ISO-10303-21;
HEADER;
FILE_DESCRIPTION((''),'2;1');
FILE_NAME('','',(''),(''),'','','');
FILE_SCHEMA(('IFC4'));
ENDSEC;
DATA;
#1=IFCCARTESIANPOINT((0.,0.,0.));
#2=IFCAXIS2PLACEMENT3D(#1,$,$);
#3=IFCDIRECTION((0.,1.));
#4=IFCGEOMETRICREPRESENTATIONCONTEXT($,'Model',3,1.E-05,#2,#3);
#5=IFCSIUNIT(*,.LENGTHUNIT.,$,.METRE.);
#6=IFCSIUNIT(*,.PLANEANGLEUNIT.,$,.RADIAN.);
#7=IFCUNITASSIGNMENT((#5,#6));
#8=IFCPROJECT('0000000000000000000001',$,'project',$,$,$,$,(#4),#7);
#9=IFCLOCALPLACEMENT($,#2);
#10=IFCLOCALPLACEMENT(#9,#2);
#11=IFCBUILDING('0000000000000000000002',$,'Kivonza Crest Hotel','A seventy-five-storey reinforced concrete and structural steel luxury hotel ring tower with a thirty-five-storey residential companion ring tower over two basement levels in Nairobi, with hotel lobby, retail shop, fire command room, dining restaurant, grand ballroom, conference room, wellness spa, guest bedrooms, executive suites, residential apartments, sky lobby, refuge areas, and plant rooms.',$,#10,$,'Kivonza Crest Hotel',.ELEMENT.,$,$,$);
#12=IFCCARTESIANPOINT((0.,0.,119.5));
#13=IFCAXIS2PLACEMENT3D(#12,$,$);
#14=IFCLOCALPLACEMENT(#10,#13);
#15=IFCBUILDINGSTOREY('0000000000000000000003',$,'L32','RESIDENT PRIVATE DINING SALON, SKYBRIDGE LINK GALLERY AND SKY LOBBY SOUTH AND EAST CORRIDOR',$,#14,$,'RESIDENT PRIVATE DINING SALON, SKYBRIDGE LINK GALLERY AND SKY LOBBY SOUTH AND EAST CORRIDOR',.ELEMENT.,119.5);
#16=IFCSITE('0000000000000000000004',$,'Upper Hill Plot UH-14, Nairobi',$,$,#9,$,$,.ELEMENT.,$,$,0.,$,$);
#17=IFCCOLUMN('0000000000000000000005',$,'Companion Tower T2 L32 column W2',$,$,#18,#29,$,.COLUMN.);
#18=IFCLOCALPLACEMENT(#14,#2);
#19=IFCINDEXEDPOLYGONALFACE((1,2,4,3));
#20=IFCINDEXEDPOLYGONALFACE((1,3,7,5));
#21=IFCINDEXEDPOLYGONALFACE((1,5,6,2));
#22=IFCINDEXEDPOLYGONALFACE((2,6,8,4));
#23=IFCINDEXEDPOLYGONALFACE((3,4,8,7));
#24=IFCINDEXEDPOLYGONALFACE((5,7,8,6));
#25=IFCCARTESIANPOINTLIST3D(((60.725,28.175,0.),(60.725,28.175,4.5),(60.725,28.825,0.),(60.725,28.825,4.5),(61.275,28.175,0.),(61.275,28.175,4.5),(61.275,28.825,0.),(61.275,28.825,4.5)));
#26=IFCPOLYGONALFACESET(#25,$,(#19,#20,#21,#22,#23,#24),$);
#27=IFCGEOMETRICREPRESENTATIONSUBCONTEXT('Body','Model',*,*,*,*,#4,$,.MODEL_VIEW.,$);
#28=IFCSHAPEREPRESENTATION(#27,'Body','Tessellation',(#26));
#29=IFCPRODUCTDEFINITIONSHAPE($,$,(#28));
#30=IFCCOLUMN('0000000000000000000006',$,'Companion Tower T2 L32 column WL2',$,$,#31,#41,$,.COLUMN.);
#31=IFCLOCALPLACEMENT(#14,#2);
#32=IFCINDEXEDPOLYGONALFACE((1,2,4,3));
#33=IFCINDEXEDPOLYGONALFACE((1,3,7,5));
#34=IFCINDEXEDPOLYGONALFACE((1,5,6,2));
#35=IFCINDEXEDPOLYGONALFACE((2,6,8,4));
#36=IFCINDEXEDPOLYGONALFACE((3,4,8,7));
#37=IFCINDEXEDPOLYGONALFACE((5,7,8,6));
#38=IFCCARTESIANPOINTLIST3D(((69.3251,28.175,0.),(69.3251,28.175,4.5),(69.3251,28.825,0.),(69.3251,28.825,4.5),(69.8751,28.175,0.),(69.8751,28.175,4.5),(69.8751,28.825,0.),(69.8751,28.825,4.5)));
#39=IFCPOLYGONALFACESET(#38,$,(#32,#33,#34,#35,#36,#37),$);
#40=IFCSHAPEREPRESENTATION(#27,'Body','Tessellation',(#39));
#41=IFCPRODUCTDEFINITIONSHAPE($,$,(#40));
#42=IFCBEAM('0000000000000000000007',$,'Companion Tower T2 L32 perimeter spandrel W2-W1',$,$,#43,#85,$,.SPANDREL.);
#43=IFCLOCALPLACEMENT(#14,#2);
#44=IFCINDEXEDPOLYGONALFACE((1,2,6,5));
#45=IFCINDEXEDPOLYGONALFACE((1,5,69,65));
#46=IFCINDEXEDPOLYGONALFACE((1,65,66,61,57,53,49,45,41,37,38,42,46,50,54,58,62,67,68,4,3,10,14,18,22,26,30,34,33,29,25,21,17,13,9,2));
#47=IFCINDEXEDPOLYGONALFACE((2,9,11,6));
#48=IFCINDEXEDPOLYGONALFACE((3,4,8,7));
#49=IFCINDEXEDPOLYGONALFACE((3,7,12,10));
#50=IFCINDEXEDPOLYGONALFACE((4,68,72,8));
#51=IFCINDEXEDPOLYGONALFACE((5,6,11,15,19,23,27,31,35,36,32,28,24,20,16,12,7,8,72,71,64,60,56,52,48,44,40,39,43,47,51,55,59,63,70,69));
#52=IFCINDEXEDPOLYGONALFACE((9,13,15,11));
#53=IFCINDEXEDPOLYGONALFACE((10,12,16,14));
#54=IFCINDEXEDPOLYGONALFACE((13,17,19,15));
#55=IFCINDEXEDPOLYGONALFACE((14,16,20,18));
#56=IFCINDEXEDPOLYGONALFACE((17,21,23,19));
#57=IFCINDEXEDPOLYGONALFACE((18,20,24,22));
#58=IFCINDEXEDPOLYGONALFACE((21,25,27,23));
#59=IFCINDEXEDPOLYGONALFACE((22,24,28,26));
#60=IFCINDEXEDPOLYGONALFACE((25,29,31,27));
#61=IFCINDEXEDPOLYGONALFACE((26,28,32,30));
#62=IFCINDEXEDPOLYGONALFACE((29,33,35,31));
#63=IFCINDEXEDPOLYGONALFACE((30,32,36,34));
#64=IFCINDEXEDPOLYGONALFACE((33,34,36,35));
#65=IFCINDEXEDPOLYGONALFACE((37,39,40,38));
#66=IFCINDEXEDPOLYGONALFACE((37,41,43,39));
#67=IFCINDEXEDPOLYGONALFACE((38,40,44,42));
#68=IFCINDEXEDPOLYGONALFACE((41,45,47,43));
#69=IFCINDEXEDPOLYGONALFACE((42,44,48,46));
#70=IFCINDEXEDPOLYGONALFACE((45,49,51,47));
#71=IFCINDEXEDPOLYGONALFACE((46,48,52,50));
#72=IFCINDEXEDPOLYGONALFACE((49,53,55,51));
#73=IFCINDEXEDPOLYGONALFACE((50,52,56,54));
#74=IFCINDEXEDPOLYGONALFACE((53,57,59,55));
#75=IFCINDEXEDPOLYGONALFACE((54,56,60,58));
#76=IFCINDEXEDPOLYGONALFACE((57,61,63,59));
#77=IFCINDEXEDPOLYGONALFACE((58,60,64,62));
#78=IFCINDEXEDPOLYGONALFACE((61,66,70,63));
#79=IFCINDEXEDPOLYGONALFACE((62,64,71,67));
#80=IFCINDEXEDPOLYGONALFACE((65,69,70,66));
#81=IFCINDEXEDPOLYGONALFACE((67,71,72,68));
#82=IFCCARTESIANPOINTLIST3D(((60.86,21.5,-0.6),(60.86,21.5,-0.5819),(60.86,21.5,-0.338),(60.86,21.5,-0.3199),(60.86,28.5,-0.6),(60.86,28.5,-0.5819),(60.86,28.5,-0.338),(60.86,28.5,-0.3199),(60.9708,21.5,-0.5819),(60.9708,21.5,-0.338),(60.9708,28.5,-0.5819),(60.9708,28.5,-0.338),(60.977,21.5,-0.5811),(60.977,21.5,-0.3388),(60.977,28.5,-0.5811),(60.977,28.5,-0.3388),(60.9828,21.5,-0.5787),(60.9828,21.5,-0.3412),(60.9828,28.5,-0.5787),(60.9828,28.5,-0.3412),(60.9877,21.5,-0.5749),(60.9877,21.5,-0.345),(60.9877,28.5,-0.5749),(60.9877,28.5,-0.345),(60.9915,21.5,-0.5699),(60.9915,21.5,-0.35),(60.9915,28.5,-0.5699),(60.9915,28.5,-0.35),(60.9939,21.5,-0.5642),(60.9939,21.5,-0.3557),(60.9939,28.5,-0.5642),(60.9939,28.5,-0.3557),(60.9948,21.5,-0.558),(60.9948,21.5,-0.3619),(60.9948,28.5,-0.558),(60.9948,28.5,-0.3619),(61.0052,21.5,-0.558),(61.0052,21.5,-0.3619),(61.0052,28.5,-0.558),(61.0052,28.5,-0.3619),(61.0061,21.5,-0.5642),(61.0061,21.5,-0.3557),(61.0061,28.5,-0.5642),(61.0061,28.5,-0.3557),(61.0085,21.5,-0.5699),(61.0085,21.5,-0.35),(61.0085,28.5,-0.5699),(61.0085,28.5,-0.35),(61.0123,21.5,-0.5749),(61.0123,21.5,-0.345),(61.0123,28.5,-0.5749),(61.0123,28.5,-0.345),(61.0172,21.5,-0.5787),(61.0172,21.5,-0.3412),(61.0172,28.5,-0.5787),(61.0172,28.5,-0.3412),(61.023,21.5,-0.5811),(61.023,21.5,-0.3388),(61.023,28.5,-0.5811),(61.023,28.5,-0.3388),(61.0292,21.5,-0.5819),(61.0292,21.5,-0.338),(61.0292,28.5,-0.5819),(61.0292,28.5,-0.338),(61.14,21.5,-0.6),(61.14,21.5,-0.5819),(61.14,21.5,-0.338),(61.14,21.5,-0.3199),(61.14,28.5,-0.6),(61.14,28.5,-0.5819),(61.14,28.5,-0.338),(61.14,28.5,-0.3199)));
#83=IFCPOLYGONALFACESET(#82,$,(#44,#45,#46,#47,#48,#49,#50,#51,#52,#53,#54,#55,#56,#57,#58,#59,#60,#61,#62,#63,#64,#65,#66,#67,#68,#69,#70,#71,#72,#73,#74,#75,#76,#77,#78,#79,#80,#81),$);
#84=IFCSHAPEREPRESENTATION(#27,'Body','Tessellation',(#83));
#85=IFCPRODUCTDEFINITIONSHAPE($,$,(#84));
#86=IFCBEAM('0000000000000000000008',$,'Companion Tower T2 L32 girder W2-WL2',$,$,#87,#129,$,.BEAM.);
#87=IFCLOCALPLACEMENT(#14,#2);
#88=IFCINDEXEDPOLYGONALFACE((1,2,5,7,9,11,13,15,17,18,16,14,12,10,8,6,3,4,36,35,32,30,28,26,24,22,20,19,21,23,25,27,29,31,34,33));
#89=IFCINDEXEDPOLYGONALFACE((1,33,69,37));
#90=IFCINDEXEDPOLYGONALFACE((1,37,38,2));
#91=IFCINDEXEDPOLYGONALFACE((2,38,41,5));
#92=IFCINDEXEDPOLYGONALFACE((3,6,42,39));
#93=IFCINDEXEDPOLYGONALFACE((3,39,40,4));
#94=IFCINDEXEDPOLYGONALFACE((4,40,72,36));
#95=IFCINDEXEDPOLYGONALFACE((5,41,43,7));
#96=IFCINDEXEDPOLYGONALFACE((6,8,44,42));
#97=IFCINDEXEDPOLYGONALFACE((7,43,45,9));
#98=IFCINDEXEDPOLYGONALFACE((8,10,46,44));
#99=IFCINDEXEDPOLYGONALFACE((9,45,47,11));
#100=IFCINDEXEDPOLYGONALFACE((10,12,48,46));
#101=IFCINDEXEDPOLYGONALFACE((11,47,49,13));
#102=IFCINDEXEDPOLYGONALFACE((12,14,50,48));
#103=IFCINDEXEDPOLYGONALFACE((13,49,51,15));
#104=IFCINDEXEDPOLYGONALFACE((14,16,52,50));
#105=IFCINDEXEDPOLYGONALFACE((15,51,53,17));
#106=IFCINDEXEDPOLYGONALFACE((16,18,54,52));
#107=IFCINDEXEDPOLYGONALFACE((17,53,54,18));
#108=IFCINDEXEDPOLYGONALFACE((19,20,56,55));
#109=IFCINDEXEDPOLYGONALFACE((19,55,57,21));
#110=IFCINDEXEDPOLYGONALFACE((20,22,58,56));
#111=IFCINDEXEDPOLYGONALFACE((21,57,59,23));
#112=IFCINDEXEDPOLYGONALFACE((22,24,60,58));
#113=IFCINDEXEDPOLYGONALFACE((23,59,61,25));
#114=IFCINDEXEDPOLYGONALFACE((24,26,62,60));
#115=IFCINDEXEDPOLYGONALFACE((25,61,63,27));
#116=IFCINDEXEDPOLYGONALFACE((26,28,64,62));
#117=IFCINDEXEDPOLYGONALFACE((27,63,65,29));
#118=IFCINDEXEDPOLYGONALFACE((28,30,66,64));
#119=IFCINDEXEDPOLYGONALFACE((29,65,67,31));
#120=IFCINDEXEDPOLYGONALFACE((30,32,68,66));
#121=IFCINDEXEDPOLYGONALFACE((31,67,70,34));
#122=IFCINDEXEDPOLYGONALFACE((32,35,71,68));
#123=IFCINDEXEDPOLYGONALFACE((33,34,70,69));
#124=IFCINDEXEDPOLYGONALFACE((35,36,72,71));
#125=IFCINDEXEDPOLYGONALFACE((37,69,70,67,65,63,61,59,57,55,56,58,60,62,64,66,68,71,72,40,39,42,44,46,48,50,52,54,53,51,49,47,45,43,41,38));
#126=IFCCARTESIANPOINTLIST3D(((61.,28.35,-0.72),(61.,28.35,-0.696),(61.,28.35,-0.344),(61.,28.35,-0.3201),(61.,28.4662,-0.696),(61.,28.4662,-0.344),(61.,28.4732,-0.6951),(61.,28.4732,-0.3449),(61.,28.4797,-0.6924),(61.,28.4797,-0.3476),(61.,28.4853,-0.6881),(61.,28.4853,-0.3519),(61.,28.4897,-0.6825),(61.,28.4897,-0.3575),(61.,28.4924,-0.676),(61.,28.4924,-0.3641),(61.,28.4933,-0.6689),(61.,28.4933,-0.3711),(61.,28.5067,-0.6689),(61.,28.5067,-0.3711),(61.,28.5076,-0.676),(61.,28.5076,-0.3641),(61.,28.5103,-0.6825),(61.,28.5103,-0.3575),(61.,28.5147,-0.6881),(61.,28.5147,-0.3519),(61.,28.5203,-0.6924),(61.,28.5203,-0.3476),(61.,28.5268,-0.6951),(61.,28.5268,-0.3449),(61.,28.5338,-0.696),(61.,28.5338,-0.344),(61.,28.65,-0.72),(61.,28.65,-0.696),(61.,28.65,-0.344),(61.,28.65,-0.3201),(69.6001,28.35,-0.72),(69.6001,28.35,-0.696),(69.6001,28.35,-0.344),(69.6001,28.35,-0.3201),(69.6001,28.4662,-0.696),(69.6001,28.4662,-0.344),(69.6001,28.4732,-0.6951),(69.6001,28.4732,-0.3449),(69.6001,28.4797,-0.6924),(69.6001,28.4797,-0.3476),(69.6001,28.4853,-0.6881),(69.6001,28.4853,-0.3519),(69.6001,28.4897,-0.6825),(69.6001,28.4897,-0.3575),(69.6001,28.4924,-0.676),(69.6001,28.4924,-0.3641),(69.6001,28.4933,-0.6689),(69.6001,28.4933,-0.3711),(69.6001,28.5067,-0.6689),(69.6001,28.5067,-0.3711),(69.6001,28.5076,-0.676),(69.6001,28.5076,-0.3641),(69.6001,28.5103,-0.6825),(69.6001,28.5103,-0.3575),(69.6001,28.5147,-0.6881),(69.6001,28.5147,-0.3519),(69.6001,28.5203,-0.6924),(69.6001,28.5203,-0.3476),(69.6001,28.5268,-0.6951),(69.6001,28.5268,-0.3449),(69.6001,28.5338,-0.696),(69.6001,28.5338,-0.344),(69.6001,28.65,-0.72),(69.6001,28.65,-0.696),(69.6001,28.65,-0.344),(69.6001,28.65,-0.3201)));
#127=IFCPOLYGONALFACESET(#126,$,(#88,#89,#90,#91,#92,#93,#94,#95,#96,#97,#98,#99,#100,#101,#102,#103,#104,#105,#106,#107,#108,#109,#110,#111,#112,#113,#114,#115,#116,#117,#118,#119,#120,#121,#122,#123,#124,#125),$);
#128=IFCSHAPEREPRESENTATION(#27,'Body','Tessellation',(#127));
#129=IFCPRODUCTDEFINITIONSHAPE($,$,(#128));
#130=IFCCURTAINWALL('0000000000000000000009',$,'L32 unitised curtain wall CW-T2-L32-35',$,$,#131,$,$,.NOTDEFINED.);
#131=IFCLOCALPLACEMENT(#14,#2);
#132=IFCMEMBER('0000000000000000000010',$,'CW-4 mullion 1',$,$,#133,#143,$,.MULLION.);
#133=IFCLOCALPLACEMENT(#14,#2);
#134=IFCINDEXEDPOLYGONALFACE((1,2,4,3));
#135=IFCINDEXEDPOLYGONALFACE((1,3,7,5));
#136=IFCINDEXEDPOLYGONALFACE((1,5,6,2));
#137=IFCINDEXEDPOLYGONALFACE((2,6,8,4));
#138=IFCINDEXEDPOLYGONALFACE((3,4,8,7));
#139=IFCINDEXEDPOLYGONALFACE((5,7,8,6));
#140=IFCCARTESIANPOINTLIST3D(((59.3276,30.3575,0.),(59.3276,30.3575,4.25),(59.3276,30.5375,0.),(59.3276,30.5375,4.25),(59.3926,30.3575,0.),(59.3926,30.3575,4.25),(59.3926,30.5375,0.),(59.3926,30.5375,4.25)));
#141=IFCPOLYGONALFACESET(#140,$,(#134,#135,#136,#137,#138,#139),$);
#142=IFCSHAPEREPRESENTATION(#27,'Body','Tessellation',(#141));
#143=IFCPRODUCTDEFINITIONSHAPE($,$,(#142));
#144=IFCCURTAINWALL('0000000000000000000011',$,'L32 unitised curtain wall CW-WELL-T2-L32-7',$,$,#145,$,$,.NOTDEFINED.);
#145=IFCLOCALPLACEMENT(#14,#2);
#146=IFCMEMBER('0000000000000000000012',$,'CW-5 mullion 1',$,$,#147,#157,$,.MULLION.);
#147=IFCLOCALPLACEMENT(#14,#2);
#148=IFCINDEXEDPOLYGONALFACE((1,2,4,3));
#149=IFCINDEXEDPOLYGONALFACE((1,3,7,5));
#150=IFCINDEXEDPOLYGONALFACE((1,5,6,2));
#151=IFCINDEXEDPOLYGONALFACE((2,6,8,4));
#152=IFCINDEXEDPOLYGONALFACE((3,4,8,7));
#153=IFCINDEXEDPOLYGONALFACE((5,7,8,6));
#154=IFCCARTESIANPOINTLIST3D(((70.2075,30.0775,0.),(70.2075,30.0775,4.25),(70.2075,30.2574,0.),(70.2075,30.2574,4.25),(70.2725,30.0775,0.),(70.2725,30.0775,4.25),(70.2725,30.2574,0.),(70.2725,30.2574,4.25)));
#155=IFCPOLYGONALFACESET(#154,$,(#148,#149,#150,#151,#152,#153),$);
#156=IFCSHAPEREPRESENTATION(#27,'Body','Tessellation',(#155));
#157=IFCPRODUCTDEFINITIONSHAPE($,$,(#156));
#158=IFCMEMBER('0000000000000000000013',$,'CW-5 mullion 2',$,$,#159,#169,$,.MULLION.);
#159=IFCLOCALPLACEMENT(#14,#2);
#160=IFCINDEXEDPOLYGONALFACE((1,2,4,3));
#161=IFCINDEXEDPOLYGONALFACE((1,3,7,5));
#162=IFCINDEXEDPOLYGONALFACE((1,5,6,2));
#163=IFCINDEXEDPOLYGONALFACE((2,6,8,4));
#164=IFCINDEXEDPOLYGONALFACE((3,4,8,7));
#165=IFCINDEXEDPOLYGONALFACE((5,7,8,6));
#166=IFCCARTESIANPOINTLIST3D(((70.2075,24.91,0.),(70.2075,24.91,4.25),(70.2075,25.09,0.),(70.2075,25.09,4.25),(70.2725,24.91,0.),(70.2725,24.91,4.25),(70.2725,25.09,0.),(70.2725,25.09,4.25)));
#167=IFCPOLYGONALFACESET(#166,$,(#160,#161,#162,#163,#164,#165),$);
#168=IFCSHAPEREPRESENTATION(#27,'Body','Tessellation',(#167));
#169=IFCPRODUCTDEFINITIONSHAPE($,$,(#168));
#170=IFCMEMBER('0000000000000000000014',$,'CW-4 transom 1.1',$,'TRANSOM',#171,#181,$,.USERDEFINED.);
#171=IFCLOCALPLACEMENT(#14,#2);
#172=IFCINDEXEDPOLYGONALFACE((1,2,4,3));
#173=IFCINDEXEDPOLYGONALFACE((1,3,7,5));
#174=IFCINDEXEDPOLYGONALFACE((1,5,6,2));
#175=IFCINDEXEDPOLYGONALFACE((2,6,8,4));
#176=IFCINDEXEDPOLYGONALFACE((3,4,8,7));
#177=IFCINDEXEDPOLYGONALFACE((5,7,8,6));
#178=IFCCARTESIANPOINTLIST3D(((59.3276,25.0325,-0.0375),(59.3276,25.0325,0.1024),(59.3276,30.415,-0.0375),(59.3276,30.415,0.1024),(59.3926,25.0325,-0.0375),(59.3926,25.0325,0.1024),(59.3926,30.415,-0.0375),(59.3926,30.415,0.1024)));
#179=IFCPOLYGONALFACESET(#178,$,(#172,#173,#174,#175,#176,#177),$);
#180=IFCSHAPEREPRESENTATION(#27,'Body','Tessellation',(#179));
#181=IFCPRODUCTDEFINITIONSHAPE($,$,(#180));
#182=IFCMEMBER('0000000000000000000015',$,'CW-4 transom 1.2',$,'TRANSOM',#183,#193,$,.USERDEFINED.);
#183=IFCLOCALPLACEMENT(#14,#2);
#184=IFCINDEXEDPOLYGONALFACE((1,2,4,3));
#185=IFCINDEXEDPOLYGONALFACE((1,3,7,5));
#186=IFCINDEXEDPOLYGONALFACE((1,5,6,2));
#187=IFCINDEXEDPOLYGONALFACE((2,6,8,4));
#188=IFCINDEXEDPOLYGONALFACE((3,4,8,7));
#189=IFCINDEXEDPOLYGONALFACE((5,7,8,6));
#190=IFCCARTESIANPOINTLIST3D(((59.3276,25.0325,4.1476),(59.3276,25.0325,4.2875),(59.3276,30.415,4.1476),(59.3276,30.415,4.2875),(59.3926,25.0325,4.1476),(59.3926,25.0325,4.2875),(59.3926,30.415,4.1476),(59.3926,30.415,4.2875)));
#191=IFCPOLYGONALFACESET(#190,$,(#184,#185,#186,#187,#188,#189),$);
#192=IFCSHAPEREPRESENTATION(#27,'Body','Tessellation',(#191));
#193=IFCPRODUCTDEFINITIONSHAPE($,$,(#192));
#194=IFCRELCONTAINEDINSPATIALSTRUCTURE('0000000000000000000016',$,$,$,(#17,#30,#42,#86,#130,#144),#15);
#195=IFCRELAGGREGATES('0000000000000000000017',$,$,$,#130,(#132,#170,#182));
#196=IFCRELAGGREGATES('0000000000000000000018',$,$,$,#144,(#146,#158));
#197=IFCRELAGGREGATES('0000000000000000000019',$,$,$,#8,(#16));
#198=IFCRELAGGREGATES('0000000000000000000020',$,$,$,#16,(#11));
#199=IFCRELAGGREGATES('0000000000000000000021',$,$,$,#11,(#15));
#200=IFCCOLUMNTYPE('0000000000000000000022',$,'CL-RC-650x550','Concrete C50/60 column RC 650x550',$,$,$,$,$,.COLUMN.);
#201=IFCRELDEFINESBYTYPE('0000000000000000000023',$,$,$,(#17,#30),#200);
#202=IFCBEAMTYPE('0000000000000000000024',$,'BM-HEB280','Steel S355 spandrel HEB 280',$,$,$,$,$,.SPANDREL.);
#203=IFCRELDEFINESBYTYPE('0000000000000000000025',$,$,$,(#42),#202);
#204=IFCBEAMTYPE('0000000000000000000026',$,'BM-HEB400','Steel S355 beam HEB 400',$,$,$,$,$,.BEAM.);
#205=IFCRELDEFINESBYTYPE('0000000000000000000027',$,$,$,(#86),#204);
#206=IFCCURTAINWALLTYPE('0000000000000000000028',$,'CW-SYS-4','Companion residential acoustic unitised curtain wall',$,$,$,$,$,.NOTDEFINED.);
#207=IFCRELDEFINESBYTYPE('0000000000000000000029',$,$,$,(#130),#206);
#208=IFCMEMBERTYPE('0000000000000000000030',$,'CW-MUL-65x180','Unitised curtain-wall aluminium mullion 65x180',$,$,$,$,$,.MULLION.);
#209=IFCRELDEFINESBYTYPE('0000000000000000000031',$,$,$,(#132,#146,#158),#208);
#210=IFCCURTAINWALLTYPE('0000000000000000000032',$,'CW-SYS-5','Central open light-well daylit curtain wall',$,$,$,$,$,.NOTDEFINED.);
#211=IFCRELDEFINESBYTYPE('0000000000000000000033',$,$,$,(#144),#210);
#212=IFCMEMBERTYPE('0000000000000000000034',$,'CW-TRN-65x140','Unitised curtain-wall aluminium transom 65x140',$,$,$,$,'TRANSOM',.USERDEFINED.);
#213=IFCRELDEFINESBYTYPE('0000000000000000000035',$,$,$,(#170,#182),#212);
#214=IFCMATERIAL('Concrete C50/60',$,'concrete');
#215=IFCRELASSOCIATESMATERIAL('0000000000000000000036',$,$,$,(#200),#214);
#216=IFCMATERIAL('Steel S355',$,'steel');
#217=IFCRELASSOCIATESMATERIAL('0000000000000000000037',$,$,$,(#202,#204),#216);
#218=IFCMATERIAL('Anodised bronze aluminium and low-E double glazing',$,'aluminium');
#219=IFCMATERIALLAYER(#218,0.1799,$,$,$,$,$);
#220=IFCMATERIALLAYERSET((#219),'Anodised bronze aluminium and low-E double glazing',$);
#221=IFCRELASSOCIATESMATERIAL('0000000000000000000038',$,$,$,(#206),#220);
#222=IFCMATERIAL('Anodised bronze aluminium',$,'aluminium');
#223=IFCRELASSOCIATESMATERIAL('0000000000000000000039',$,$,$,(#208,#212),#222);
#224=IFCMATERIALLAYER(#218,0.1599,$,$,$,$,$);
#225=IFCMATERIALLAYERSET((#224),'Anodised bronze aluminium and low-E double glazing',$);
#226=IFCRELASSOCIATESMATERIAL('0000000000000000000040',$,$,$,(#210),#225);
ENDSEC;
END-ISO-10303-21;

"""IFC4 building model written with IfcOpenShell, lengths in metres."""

from ifc_helpers import new_model, si_unit, direction, frame, origin, origin_2d, place, context, subcontext, project, spatial, rectangle, i_section, extrude, material, layer, layer_set, material_profile, profile_set, type_object, element, aggregate, save


model = new_model("IFC4")

# Units and contexts
model_context = context("Model", 3, precision=1e-05, world=origin(), true_north=direction((0.0, 1.0)))
body_context = subcontext(model_context, "Body", "Model", "MODEL_VIEW")
ifc_project = project(units=[si_unit("LENGTHUNIT", "METRE"), si_unit("PLANEANGLEUNIT", "RADIAN")], contexts=[model_context])

# Site, building, storey
site_placement = place(None, origin())
site = spatial("IfcSite", under=ifc_project, at=site_placement, Name="Upper Hill Plot UH-14, Nairobi", CompositionType="ELEMENT", RefElevation=0.0)
building_placement = place(site_placement, origin())
building = spatial("IfcBuilding", under=site, at=building_placement, Name="Kivonza Crest Hotel", Description="A seventy-five-storey reinforced concrete and structural steel luxury hotel ring tower with a thirty-five-storey residential companion ring tower over two basement levels in Nairobi, with hotel lobby, retail shop, fire command room, dining restaurant, grand ballroom, conference room, wellness spa, guest bedrooms, executive suites, residential apartments, sky lobby, refuge areas, and plant rooms.", LongName="Kivonza Crest Hotel", CompositionType="ELEMENT")
storey_placement = place(building_placement, frame((0.0, 0.0, 119.5)))
storey = spatial("IfcBuildingStorey", under=building, at=storey_placement, Name="L32", Description="RESIDENT PRIVATE DINING SALON, SKYBRIDGE LINK GALLERY AND SKY LOBBY SOUTH AND EAST CORRIDOR", LongName="RESIDENT PRIVATE DINING SALON, SKYBRIDGE LINK GALLERY AND SKY LOBBY SOUTH AND EAST CORRIDOR", CompositionType="ELEMENT", Elevation=119.5)

# Columns
ifc_material_1 = material(Name="Concrete C50/60", Category="concrete")
ifc_material_profile_1 = material_profile(ifc_material_1, rectangle(XDim=0.55, YDim=0.6499, at=origin_2d()), Name="RC 650x550")
ifc_profile_set_1 = profile_set([ifc_material_profile_1], Name="Concrete C50/60")
column_type = type_object("IfcColumnType", Name="CL-RC-650x550", Description="Concrete C50/60 column RC 650x550", PredefinedType="COLUMN", material=ifc_profile_set_1)
for number, where, z_axis, x_axis, name in (
    (1, (61.0, 28.5, 0.0), (0.0, 0.0, 1.0), (1.0, 0.0, 0.0), "Companion Tower T2 L32 column W2"),
    (2, (69.6001, 28.5, 0.0), (0.0, 0.0, 1.0), (1.0, 0.0, 0.0), "Companion Tower T2 L32 column WL2"),
):
    element("IfcColumn", number, at=place(storey_placement, frame(where, z_axis=z_axis, x_axis=x_axis)), inside=storey, type_object=column_type, Name=name, PredefinedType="COLUMN", context=body_context, shape_type="SweptSolid", body=[
        extrude(rectangle(XDim=0.55, YDim=0.6499, at=origin_2d()), origin(), (0.0, 0.0, 1.0), 4.5),
    ])

# Beams
ifc_material_2 = material(Name="Steel S355", Category="steel")
ifc_material_profile_2 = material_profile(ifc_material_2, i_section(OverallWidth=0.28, OverallDepth=0.28, WebThickness=0.0105, FlangeThickness=0.0181, FilletRadius=0.0239, at=origin_2d()), Name="HEB 280")
ifc_profile_set_2 = profile_set([ifc_material_profile_2], Name="Steel S355")
beam_type_1 = type_object("IfcBeamType", Name="BM-HEB280", Description="Steel S355 spandrel HEB 280", PredefinedType="SPANDREL", material=ifc_profile_set_2)
beam_1_placement = place(storey_placement, frame((61.0, 28.5, -0.46), z_axis=(0.0, -1.0, 0.0), x_axis=(1.0, 0.0, 0.0)))
element("IfcBeam", 3, at=beam_1_placement, inside=storey, type_object=beam_type_1, Name="Companion Tower T2 L32 perimeter spandrel W2-W1", PredefinedType="SPANDREL", context=body_context, shape_type="SweptSolid", body=[
    extrude(i_section(OverallWidth=0.28, OverallDepth=0.28, WebThickness=0.0105, FlangeThickness=0.0181, FilletRadius=0.0239, at=origin_2d()), origin(), (0.0, 0.0, 1.0), 7.0),
])
ifc_material_profile_3 = material_profile(ifc_material_2, i_section(OverallWidth=0.3, OverallDepth=0.3999, WebThickness=0.0134, FlangeThickness=0.0239, FilletRadius=0.0271, at=origin_2d()), Name="HEB 400")
ifc_profile_set_3 = profile_set([ifc_material_profile_3], Name="Steel S355")
beam_type_2 = type_object("IfcBeamType", Name="BM-HEB400", Description="Steel S355 beam HEB 400", PredefinedType="BEAM", material=ifc_profile_set_3)
beam_2_placement = place(storey_placement, frame((61.0, 28.5, -0.52), z_axis=(1.0, 0.0, 0.0), x_axis=(0.0, 1.0, 0.0)))
element("IfcBeam", 4, at=beam_2_placement, inside=storey, type_object=beam_type_2, Name="Companion Tower T2 L32 girder W2-WL2", PredefinedType="BEAM", context=body_context, shape_type="SweptSolid", body=[
    extrude(i_section(OverallWidth=0.3, OverallDepth=0.3999, WebThickness=0.0134, FlangeThickness=0.0239, FilletRadius=0.0271, at=origin_2d()), origin(), (0.0, 0.0, 1.0), 8.6001),
])

# Curtain wall, member
ifc_material_3 = material(Name="Anodised bronze aluminium and low-E double glazing", Category="aluminium")
ifc_layer_1 = layer(ifc_material_3, 0.1799)
ifc_layer_set_1 = layer_set([ifc_layer_1], Name="Anodised bronze aluminium and low-E double glazing")
curtain_wall_type_1 = type_object("IfcCurtainWallType", Name="CW-SYS-4", Description="Companion residential acoustic unitised curtain wall", PredefinedType="NOTDEFINED", material=ifc_layer_set_1)
curtain_wall_1_placement = place(storey_placement, origin())
curtain_wall_1 = element("IfcCurtainWall", 5, at=curtain_wall_1_placement, inside=storey, type_object=curtain_wall_type_1, Name="L32 unitised curtain wall CW-T2-L32-35", PredefinedType="NOTDEFINED")
ifc_material_4 = material(Name="Anodised bronze aluminium", Category="aluminium")
ifc_material_profile_4 = material_profile(ifc_material_4, rectangle(XDim=0.0649, YDim=0.1799, at=origin_2d()), Name="CW-M 65x180")
ifc_profile_set_4 = profile_set([ifc_material_profile_4], Name="Anodised bronze aluminium")
member_type_1 = type_object("IfcMemberType", Name="CW-MUL-65x180", Description="Unitised curtain-wall aluminium mullion 65x180", PredefinedType="MULLION", material=ifc_profile_set_4)
member_1_placement = place(storey_placement, frame((59.3601, 30.4475, 0.0), z_axis=(0.0, 0.0, 1.0), x_axis=(1.0, 0.0, 0.0)))
member_1 = element("IfcMember", 6, at=member_1_placement, type_object=member_type_1, Name="CW-4 mullion 1", PredefinedType="MULLION", context=body_context, shape_type="SweptSolid", body=[
    extrude(rectangle(XDim=0.0649, YDim=0.1799, at=origin_2d()), origin(), (0.0, 0.0, 1.0), 4.25),
])

# Curtain wall, members
ifc_layer_2 = layer(ifc_material_3, 0.1599)
ifc_layer_set_2 = layer_set([ifc_layer_2], Name="Anodised bronze aluminium and low-E double glazing")
curtain_wall_type_2 = type_object("IfcCurtainWallType", Name="CW-SYS-5", Description="Central open light-well daylit curtain wall", PredefinedType="NOTDEFINED", material=ifc_layer_set_2)
curtain_wall_2_placement = place(storey_placement, origin())
curtain_wall_2 = element("IfcCurtainWall", 7, at=curtain_wall_2_placement, inside=storey, type_object=curtain_wall_type_2, Name="L32 unitised curtain wall CW-WELL-T2-L32-7", PredefinedType="NOTDEFINED")
member_2_placement = place(storey_placement, frame((70.24, 30.1675, 0.0), z_axis=(0.0, 0.0, 1.0), x_axis=(1.0, 0.0, 0.0)))
member_2 = element("IfcMember", 8, at=member_2_placement, type_object=member_type_1, Name="CW-5 mullion 1", PredefinedType="MULLION", context=body_context, shape_type="SweptSolid", body=[
    extrude(rectangle(XDim=0.0649, YDim=0.1799, at=origin_2d()), origin(), (0.0, 0.0, 1.0), 4.25),
])
member_3_placement = place(storey_placement, frame((70.24, 25.0, 0.0), z_axis=(0.0, 0.0, 1.0), x_axis=(1.0, 0.0, 0.0)))
member_3 = element("IfcMember", 9, at=member_3_placement, type_object=member_type_1, Name="CW-5 mullion 2", PredefinedType="MULLION", context=body_context, shape_type="SweptSolid", body=[
    extrude(rectangle(XDim=0.0649, YDim=0.1799, at=origin_2d()), origin(), (0.0, 0.0, 1.0), 4.25),
])

# Members
ifc_material_profile_5 = material_profile(ifc_material_4, rectangle(XDim=0.0649, YDim=0.1399, at=origin_2d()), Name="CW-T 65x140")
ifc_profile_set_5 = profile_set([ifc_material_profile_5], Name="Anodised bronze aluminium")
member_type_2 = type_object("IfcMemberType", Name="CW-TRN-65x140", Description="Unitised curtain-wall aluminium transom 65x140", ElementType="TRANSOM", PredefinedType="USERDEFINED", material=ifc_profile_set_5)
member_4_placement = place(storey_placement, frame((59.3601, 30.415, 0.0325), z_axis=(0.0, -1.0, 0.0), x_axis=(1.0, 0.0, 0.0)))
member_4 = element("IfcMember", 10, at=member_4_placement, type_object=member_type_2, Name="CW-4 transom 1.1", ObjectType="TRANSOM", PredefinedType="USERDEFINED", context=body_context, shape_type="SweptSolid", body=[
    extrude(rectangle(XDim=0.0649, YDim=0.1399, at=origin_2d()), origin(), (0.0, 0.0, 1.0), 5.3826),
])
member_5_placement = place(storey_placement, frame((59.3601, 30.415, 4.2175), z_axis=(0.0, -1.0, 0.0), x_axis=(1.0, 0.0, 0.0)))
member_5 = element("IfcMember", 11, at=member_5_placement, type_object=member_type_2, Name="CW-4 transom 1.2", ObjectType="TRANSOM", PredefinedType="USERDEFINED", context=body_context, shape_type="SweptSolid", body=[
    extrude(rectangle(XDim=0.0649, YDim=0.1399, at=origin_2d()), origin(), (0.0, 0.0, 1.0), 5.3826),
])
aggregate(curtain_wall_1, [member_1, member_4, member_5])

aggregate(curtain_wall_2, [member_2, member_3])

save(model, "model.ifc")
